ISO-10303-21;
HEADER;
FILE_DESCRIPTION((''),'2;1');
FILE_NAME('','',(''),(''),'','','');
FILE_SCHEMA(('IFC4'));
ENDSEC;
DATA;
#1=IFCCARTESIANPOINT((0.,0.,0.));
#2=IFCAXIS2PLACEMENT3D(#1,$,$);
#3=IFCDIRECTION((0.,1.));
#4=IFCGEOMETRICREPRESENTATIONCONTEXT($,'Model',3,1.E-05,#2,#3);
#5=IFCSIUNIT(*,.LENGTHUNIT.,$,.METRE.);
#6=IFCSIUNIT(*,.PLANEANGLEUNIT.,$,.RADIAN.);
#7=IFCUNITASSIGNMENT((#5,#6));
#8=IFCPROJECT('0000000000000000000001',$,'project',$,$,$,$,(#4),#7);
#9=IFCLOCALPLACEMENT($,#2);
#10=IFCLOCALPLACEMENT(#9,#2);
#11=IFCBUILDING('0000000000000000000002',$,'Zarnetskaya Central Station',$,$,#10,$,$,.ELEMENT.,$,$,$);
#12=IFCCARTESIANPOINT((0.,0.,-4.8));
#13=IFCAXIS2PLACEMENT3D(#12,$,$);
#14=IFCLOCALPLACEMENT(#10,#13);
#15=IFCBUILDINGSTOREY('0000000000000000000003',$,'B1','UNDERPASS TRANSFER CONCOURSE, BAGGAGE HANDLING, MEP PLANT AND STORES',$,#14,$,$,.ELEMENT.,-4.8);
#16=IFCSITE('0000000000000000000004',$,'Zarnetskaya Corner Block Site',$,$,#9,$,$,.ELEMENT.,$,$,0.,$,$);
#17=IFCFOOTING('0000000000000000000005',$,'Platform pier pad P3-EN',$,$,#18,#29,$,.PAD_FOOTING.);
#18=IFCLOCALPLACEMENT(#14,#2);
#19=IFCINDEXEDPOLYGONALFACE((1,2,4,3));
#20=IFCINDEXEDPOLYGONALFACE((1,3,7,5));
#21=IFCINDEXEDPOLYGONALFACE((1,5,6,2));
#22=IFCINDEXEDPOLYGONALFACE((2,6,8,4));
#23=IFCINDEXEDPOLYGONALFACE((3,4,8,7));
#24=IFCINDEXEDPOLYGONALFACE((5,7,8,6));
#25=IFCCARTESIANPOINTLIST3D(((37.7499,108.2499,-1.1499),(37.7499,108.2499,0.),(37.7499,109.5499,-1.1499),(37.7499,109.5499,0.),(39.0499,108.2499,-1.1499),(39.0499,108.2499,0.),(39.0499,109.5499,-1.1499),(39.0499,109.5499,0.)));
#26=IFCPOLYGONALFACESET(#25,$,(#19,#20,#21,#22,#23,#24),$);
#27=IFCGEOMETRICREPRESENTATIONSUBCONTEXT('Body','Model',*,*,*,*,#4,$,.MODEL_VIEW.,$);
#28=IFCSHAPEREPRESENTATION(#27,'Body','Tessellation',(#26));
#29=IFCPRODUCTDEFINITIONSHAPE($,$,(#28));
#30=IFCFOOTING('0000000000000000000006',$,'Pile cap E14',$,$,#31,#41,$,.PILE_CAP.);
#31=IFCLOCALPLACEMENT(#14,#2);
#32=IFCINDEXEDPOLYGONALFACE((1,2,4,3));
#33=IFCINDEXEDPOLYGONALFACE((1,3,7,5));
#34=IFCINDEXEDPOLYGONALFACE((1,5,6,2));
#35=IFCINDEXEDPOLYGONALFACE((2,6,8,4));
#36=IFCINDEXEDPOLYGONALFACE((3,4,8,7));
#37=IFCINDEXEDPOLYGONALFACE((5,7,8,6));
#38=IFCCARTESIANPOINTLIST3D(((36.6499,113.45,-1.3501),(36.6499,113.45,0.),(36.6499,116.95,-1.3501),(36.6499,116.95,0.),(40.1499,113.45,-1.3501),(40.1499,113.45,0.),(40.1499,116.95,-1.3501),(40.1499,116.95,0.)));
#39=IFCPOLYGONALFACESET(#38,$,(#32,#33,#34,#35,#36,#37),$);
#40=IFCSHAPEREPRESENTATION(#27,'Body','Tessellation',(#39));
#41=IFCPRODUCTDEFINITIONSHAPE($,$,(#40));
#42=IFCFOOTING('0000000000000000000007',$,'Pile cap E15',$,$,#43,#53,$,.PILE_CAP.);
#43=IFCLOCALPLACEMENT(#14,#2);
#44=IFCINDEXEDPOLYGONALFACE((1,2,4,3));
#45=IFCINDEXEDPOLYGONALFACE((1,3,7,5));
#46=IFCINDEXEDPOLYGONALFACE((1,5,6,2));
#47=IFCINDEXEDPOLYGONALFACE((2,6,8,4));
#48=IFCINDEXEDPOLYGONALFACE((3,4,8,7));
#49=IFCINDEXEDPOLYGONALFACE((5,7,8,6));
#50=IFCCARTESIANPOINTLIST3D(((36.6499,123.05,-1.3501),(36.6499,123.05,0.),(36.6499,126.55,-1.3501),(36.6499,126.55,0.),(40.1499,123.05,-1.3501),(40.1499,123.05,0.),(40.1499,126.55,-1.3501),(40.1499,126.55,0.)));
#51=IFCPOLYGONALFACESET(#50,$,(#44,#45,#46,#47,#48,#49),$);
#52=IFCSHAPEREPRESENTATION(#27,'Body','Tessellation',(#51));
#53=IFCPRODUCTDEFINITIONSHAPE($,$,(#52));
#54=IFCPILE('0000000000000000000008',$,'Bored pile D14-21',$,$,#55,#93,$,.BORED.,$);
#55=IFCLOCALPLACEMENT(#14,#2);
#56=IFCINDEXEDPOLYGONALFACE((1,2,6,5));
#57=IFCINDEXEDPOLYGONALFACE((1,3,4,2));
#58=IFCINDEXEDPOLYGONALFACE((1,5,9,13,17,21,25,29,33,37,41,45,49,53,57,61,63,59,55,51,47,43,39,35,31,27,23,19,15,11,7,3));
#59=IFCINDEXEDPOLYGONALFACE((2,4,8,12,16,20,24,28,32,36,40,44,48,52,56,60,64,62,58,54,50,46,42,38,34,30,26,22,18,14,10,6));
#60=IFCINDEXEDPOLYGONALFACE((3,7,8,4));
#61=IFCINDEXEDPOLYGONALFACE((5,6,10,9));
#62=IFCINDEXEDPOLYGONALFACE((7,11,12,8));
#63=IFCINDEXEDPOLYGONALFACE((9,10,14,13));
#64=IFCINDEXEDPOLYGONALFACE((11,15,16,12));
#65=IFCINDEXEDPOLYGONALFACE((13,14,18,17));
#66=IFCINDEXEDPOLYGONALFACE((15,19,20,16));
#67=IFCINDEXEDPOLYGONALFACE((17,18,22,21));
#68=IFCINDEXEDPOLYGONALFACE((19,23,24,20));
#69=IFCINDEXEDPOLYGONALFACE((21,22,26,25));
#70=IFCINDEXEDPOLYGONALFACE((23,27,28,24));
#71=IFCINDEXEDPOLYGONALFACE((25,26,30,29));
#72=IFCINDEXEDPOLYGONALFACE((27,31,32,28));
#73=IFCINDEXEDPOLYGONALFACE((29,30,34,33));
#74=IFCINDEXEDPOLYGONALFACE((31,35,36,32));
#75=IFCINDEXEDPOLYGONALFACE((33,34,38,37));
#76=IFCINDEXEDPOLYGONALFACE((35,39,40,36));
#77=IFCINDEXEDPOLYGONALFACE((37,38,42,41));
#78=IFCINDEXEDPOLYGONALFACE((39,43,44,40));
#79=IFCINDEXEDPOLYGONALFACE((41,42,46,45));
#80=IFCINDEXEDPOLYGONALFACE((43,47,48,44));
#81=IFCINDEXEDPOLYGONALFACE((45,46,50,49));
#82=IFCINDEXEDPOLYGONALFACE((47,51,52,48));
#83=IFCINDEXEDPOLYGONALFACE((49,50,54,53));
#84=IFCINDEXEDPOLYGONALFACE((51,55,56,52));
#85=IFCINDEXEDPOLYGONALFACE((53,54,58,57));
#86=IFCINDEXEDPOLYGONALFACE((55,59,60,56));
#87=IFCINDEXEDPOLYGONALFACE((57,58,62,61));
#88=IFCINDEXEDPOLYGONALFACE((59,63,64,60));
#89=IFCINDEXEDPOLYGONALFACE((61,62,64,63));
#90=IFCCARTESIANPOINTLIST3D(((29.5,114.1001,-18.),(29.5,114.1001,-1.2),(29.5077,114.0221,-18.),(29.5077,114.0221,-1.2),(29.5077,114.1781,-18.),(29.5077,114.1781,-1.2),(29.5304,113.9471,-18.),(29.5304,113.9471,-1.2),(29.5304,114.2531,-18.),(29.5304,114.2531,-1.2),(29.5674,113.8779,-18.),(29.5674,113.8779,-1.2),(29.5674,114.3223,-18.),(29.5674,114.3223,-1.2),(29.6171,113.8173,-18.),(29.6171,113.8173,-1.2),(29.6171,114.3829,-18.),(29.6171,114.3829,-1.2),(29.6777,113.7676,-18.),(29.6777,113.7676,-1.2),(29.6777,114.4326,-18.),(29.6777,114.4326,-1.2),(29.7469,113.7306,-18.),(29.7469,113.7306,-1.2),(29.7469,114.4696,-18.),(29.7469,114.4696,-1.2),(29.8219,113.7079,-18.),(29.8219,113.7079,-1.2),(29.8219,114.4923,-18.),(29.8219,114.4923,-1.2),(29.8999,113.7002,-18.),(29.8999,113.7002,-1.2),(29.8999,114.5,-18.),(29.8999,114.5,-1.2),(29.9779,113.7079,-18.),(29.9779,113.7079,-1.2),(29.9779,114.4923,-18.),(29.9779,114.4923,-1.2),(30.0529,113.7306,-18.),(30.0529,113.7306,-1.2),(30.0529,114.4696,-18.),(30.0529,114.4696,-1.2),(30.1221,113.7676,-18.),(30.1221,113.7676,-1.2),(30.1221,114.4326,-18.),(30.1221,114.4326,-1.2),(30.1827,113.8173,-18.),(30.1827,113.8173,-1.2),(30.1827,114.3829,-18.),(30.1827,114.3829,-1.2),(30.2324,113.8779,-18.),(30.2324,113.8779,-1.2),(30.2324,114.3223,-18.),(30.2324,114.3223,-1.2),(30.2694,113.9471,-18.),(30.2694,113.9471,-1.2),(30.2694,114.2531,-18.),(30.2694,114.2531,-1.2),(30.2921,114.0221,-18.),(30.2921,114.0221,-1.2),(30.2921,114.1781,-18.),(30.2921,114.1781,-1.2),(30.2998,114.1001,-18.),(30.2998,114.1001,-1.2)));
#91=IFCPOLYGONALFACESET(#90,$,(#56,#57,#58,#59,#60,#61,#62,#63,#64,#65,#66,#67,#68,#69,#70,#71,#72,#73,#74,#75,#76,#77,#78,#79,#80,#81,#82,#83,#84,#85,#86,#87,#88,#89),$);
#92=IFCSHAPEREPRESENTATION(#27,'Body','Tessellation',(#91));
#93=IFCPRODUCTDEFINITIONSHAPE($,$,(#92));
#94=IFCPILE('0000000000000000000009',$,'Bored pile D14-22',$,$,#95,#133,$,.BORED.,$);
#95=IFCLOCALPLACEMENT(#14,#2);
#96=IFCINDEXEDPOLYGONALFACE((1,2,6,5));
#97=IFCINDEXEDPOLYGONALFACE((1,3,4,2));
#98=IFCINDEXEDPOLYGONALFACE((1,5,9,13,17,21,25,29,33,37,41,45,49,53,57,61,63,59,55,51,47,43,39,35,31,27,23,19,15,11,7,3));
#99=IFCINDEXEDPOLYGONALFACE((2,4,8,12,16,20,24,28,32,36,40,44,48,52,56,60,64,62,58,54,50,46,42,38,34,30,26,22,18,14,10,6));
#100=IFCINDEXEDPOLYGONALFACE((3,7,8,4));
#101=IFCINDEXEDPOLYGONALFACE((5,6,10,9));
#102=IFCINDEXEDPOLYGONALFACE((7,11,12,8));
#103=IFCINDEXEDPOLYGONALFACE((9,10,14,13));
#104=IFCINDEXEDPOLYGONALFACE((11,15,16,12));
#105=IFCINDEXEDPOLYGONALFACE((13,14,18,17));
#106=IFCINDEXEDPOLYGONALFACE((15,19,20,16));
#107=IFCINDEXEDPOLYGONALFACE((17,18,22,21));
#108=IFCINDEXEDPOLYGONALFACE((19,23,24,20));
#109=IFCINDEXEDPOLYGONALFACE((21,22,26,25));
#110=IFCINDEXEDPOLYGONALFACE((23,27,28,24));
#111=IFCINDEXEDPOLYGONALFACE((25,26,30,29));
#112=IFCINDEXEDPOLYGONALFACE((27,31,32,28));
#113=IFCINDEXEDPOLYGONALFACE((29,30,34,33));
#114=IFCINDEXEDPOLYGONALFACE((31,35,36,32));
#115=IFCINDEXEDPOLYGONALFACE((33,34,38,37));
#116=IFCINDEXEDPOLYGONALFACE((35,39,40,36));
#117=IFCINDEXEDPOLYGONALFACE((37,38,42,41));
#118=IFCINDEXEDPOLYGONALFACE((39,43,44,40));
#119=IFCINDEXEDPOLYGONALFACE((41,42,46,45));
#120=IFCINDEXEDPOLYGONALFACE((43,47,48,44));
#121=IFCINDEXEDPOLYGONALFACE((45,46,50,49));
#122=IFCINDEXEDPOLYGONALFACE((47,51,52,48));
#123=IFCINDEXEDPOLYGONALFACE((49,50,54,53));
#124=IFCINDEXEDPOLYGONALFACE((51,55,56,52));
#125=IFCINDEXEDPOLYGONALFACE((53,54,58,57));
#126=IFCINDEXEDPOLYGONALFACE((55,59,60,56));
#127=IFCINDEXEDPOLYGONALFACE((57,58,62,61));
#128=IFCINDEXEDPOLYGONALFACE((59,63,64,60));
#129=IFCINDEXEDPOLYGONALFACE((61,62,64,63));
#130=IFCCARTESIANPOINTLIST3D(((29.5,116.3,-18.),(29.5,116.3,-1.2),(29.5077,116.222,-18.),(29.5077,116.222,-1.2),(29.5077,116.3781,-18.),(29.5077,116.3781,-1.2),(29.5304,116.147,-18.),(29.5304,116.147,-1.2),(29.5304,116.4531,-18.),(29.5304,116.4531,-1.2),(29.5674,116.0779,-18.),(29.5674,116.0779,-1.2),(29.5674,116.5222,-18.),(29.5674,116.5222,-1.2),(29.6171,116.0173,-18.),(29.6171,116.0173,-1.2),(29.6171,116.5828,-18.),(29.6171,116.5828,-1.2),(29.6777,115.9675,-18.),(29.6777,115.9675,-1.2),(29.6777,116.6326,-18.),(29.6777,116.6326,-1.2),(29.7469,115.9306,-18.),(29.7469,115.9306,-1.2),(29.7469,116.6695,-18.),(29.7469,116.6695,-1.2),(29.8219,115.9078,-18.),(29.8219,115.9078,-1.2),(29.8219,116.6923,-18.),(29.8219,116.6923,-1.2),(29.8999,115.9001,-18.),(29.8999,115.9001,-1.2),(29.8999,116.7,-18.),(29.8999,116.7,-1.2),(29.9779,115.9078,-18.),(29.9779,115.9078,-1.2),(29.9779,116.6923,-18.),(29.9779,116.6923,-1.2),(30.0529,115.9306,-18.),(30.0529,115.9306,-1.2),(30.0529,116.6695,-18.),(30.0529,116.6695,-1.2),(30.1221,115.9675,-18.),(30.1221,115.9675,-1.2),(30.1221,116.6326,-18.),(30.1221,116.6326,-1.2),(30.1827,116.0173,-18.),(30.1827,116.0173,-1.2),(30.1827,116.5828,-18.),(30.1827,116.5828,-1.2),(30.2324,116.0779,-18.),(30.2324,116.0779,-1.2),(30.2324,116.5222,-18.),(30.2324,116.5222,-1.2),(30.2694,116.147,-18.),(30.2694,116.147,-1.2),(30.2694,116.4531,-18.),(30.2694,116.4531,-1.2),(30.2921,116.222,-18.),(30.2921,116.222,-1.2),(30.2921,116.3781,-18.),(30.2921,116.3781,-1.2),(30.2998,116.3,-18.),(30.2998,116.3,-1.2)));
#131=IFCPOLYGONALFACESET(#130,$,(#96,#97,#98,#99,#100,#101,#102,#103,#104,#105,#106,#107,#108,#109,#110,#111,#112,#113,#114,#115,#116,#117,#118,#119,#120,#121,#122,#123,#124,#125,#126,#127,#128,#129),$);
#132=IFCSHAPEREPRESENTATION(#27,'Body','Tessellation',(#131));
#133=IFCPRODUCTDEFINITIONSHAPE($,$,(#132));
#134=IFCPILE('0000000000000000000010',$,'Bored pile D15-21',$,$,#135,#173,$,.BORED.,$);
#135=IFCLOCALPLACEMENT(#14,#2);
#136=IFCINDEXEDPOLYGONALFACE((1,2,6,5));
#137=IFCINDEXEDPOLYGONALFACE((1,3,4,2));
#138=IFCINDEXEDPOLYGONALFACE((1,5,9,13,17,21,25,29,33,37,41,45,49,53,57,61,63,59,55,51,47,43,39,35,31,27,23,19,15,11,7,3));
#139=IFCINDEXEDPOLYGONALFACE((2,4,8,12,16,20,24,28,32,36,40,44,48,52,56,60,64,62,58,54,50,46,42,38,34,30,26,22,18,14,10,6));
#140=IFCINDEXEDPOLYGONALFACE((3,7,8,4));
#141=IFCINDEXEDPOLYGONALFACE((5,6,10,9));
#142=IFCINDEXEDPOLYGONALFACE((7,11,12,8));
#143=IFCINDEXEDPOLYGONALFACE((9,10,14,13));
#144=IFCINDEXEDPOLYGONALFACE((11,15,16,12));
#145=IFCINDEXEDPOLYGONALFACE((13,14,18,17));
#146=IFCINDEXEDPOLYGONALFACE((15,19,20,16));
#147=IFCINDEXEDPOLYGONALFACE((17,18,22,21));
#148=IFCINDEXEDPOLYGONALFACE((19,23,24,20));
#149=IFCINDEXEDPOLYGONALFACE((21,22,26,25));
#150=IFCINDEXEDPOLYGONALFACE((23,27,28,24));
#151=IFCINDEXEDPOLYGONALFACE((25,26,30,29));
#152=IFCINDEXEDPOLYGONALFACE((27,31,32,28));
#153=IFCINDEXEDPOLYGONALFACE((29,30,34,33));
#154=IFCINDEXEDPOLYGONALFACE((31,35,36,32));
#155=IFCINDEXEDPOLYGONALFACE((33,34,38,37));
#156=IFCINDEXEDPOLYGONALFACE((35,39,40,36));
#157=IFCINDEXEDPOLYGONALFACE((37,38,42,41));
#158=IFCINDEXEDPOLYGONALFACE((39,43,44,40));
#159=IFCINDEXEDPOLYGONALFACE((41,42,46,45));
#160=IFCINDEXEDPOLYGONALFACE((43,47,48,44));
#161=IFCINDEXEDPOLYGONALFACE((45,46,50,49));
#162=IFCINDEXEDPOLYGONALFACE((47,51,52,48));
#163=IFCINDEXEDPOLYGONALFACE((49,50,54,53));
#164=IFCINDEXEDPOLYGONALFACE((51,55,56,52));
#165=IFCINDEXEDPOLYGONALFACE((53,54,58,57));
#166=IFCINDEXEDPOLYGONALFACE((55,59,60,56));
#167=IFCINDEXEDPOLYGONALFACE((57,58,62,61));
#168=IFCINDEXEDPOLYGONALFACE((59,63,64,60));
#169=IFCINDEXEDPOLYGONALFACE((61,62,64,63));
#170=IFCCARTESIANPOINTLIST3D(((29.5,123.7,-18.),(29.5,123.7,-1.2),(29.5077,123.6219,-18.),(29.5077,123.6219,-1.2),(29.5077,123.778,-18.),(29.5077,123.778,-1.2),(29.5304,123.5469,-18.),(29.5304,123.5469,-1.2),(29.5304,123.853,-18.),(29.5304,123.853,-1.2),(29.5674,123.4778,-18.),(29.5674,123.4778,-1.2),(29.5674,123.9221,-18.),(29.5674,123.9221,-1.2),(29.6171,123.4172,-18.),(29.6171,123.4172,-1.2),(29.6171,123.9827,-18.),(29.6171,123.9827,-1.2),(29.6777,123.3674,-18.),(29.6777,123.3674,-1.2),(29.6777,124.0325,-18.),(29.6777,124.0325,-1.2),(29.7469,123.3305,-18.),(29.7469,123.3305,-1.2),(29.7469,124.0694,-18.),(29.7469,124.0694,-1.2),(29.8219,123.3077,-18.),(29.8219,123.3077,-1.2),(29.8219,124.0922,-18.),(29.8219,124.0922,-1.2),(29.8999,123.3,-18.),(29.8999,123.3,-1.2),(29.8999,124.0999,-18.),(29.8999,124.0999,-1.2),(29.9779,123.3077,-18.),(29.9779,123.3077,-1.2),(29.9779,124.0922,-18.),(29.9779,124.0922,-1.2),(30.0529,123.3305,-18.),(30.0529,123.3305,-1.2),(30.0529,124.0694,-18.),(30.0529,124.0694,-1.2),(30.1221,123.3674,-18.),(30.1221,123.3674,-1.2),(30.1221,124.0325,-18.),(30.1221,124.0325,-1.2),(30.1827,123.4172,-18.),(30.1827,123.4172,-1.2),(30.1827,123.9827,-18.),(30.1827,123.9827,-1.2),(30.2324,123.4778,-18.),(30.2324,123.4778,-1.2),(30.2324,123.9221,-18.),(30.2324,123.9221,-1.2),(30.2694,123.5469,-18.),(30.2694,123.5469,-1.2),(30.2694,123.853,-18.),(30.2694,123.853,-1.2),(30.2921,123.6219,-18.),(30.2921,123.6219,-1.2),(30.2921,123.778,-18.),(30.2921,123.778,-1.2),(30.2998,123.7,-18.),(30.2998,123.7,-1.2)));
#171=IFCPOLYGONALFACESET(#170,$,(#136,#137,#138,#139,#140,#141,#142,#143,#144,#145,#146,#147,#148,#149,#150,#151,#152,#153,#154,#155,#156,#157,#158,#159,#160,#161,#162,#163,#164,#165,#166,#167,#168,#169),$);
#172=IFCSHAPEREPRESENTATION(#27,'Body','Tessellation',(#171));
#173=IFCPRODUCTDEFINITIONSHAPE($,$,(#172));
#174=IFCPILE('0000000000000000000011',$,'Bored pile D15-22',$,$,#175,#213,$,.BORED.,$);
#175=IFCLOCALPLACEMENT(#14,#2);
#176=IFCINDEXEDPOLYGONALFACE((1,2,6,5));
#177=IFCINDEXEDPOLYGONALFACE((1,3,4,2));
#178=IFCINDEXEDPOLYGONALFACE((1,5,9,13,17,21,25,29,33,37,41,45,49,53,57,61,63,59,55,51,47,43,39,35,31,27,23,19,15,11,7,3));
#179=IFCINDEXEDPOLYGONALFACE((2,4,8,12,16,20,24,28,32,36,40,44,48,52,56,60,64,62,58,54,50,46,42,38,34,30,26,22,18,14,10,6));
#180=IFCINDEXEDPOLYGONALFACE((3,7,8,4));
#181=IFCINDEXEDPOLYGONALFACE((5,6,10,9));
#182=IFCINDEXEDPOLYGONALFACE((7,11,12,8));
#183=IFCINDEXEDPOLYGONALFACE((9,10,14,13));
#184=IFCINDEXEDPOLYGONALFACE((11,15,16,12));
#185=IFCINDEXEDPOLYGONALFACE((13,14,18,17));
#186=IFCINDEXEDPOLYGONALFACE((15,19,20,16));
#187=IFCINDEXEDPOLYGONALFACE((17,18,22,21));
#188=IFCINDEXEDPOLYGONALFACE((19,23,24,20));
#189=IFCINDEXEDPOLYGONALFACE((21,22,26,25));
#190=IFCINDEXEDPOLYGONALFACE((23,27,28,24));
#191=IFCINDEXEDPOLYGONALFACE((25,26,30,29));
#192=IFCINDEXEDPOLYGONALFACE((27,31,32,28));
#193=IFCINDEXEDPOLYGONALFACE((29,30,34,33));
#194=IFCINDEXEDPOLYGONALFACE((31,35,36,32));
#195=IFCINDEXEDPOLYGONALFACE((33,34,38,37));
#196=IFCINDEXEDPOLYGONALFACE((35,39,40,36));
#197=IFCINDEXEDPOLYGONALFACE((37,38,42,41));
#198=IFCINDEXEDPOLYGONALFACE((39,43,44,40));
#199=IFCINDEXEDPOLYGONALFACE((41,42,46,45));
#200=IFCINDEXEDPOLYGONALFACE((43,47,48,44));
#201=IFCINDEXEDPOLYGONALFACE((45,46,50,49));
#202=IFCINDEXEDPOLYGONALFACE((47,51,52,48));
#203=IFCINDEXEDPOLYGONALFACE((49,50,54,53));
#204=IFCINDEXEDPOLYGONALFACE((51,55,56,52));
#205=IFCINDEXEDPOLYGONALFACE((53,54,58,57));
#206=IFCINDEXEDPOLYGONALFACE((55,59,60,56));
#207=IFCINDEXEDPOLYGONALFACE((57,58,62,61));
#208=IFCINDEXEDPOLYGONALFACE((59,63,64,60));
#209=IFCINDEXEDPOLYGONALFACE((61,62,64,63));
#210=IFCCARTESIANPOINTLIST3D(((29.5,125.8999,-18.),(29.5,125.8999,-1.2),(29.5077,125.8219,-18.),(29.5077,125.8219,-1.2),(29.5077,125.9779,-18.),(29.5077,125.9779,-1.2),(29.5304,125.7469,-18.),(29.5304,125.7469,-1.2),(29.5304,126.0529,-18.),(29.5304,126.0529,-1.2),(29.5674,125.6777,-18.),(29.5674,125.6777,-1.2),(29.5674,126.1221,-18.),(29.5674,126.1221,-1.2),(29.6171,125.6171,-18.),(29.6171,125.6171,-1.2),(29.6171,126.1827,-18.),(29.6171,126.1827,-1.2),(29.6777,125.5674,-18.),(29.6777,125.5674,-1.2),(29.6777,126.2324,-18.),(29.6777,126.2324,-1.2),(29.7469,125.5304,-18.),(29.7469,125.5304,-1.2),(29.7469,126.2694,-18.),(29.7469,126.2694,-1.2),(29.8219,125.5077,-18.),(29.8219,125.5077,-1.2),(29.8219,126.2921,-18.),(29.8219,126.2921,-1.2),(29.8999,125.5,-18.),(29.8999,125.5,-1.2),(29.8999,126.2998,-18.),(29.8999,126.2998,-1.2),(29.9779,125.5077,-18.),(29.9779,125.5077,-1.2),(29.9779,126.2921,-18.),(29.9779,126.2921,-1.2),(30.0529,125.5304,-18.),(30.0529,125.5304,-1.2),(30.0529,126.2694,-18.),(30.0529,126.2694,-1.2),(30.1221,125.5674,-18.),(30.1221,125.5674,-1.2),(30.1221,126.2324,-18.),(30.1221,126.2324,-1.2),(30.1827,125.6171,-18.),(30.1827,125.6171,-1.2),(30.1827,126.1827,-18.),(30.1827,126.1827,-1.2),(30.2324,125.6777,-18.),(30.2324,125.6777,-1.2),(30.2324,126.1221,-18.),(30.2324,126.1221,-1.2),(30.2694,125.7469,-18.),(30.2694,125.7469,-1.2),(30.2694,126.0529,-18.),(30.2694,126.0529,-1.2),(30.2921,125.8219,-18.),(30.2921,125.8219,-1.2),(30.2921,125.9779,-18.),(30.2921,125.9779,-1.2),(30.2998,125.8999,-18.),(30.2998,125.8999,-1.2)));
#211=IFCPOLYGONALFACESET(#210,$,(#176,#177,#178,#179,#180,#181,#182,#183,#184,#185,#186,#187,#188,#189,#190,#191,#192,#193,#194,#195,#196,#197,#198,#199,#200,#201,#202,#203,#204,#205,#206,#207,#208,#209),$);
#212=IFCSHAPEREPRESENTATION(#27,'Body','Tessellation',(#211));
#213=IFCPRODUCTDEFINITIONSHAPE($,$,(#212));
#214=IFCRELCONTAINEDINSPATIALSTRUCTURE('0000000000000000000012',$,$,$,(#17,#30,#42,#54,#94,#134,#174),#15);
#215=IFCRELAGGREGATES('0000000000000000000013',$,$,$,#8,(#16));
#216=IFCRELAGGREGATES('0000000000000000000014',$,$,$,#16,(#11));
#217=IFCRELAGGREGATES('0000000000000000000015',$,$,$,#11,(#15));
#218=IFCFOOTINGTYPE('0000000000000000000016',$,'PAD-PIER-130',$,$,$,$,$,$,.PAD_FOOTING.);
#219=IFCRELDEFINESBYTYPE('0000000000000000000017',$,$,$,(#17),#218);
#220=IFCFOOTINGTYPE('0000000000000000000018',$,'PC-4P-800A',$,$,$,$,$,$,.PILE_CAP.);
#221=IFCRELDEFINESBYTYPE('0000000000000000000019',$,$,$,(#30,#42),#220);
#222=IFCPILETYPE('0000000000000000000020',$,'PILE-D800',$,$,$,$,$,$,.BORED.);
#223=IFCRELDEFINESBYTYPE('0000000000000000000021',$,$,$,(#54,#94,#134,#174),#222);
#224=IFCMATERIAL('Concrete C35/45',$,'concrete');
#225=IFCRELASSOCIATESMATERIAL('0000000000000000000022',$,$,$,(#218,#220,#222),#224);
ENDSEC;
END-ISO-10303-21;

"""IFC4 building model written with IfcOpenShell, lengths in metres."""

from ifc_helpers import new_model, si_unit, direction, frame, origin, origin_2d, place, context, subcontext, project, spatial, rectangle, circle, extrude, material, material_profile, profile_set, type_object, element, save


model = new_model("IFC4")

# Units and contexts
model_context = context("Model", 3, precision=1e-05, world=origin(), true_north=direction((0.0, 1.0)))
body_context = subcontext(model_context, "Body", "Model", "MODEL_VIEW")
ifc_project = project(units=[si_unit("LENGTHUNIT", "METRE"), si_unit("PLANEANGLEUNIT", "RADIAN")], contexts=[model_context])

# Site, building, storey
site_placement = place(None, origin())
site = spatial("IfcSite", under=ifc_project, at=site_placement, Name="Zarnetskaya Corner Block Site", CompositionType="ELEMENT", RefElevation=0.0)
building_placement = place(site_placement, origin())
building = spatial("IfcBuilding", under=site, at=building_placement, Name="Zarnetskaya Central Station", CompositionType="ELEMENT")
storey_placement = place(building_placement, frame((0.0, 0.0, -4.8)))
storey = spatial("IfcBuildingStorey", under=building, at=storey_placement, Name="B1", Description="UNDERPASS TRANSFER CONCOURSE, BAGGAGE HANDLING, MEP PLANT AND STORES", CompositionType="ELEMENT", Elevation=-4.8)

# Footings
ifc_material = material(Name="Concrete C35/45", Category="concrete")
footing_type_1 = type_object("IfcFootingType", Name="PAD-PIER-130", PredefinedType="PAD_FOOTING", material=ifc_material)
footing_placement = place(storey_placement, frame((38.3999, 108.8999, -1.1499), z_axis=(0.0, 0.0, 1.0), x_axis=(1.0, 0.0, 0.0)))
element("IfcFooting", 1, at=footing_placement, inside=storey, type_object=footing_type_1, Name="Platform pier pad P3-EN", PredefinedType="PAD_FOOTING", context=body_context, shape_type="SweptSolid", body=[
    extrude(rectangle(XDim=1.3, YDim=1.3, at=origin_2d()), origin(), (0.0, 0.0, 1.0), 1.1499),
])
footing_type_2 = type_object("IfcFootingType", Name="PC-4P-800A", PredefinedType="PILE_CAP", material=ifc_material)
for number, where, z_axis, x_axis, name in (
    (2, (38.3999, 115.2, -1.3501), (0.0, 0.0, 1.0), (1.0, 0.0, 0.0), "Pile cap E14"),
    (3, (38.3999, 124.8, -1.3501), (0.0, 0.0, 1.0), (1.0, 0.0, 0.0), "Pile cap E15"),
):
    element("IfcFooting", number, at=place(storey_placement, frame(where, z_axis=z_axis, x_axis=x_axis)), inside=storey, type_object=footing_type_2, Name=name, PredefinedType="PILE_CAP", context=body_context, shape_type="SweptSolid", body=[
        extrude(rectangle(XDim=3.5, YDim=3.5, at=origin_2d()), origin(), (0.0, 0.0, 1.0), 1.3501),
    ])

# Piles
ifc_material_profile_1 = material_profile(ifc_material, circle(Radius=0.3999, at=origin_2d()), Name="BORED PILE D800")
ifc_profile_set_1 = profile_set([ifc_material_profile_1], Name="Concrete C35/45")
pile_type = type_object("IfcPileType", Name="PILE-D800", PredefinedType="BORED", material=ifc_profile_set_1)
for number, where, z_axis, x_axis, name in (
    (4, (29.8999, 114.1001, -1.2), (0.0, 0.0, -1.0), (1.0, 0.0, 0.0), "Bored pile D14-21"),
    (5, (29.8999, 116.3, -1.2), (0.0, 0.0, -1.0), (1.0, 0.0, 0.0), "Bored pile D14-22"),
    (6, (29.8999, 123.7, -1.2), (0.0, 0.0, -1.0), (1.0, 0.0, 0.0), "Bored pile D15-21"),
    (7, (29.8999, 125.8999, -1.2), (0.0, 0.0, -1.0), (1.0, 0.0, 0.0), "Bored pile D15-22"),
):
    element("IfcPile", number, at=place(storey_placement, frame(where, z_axis=z_axis, x_axis=x_axis)), inside=storey, type_object=pile_type, Name=name, PredefinedType="BORED", context=body_context, shape_type="SweptSolid", body=[
        extrude(circle(Radius=0.3999, at=origin_2d()), origin(), (0.0, 0.0, 1.0), 16.8),
    ])

save(model, "model.ifc")
